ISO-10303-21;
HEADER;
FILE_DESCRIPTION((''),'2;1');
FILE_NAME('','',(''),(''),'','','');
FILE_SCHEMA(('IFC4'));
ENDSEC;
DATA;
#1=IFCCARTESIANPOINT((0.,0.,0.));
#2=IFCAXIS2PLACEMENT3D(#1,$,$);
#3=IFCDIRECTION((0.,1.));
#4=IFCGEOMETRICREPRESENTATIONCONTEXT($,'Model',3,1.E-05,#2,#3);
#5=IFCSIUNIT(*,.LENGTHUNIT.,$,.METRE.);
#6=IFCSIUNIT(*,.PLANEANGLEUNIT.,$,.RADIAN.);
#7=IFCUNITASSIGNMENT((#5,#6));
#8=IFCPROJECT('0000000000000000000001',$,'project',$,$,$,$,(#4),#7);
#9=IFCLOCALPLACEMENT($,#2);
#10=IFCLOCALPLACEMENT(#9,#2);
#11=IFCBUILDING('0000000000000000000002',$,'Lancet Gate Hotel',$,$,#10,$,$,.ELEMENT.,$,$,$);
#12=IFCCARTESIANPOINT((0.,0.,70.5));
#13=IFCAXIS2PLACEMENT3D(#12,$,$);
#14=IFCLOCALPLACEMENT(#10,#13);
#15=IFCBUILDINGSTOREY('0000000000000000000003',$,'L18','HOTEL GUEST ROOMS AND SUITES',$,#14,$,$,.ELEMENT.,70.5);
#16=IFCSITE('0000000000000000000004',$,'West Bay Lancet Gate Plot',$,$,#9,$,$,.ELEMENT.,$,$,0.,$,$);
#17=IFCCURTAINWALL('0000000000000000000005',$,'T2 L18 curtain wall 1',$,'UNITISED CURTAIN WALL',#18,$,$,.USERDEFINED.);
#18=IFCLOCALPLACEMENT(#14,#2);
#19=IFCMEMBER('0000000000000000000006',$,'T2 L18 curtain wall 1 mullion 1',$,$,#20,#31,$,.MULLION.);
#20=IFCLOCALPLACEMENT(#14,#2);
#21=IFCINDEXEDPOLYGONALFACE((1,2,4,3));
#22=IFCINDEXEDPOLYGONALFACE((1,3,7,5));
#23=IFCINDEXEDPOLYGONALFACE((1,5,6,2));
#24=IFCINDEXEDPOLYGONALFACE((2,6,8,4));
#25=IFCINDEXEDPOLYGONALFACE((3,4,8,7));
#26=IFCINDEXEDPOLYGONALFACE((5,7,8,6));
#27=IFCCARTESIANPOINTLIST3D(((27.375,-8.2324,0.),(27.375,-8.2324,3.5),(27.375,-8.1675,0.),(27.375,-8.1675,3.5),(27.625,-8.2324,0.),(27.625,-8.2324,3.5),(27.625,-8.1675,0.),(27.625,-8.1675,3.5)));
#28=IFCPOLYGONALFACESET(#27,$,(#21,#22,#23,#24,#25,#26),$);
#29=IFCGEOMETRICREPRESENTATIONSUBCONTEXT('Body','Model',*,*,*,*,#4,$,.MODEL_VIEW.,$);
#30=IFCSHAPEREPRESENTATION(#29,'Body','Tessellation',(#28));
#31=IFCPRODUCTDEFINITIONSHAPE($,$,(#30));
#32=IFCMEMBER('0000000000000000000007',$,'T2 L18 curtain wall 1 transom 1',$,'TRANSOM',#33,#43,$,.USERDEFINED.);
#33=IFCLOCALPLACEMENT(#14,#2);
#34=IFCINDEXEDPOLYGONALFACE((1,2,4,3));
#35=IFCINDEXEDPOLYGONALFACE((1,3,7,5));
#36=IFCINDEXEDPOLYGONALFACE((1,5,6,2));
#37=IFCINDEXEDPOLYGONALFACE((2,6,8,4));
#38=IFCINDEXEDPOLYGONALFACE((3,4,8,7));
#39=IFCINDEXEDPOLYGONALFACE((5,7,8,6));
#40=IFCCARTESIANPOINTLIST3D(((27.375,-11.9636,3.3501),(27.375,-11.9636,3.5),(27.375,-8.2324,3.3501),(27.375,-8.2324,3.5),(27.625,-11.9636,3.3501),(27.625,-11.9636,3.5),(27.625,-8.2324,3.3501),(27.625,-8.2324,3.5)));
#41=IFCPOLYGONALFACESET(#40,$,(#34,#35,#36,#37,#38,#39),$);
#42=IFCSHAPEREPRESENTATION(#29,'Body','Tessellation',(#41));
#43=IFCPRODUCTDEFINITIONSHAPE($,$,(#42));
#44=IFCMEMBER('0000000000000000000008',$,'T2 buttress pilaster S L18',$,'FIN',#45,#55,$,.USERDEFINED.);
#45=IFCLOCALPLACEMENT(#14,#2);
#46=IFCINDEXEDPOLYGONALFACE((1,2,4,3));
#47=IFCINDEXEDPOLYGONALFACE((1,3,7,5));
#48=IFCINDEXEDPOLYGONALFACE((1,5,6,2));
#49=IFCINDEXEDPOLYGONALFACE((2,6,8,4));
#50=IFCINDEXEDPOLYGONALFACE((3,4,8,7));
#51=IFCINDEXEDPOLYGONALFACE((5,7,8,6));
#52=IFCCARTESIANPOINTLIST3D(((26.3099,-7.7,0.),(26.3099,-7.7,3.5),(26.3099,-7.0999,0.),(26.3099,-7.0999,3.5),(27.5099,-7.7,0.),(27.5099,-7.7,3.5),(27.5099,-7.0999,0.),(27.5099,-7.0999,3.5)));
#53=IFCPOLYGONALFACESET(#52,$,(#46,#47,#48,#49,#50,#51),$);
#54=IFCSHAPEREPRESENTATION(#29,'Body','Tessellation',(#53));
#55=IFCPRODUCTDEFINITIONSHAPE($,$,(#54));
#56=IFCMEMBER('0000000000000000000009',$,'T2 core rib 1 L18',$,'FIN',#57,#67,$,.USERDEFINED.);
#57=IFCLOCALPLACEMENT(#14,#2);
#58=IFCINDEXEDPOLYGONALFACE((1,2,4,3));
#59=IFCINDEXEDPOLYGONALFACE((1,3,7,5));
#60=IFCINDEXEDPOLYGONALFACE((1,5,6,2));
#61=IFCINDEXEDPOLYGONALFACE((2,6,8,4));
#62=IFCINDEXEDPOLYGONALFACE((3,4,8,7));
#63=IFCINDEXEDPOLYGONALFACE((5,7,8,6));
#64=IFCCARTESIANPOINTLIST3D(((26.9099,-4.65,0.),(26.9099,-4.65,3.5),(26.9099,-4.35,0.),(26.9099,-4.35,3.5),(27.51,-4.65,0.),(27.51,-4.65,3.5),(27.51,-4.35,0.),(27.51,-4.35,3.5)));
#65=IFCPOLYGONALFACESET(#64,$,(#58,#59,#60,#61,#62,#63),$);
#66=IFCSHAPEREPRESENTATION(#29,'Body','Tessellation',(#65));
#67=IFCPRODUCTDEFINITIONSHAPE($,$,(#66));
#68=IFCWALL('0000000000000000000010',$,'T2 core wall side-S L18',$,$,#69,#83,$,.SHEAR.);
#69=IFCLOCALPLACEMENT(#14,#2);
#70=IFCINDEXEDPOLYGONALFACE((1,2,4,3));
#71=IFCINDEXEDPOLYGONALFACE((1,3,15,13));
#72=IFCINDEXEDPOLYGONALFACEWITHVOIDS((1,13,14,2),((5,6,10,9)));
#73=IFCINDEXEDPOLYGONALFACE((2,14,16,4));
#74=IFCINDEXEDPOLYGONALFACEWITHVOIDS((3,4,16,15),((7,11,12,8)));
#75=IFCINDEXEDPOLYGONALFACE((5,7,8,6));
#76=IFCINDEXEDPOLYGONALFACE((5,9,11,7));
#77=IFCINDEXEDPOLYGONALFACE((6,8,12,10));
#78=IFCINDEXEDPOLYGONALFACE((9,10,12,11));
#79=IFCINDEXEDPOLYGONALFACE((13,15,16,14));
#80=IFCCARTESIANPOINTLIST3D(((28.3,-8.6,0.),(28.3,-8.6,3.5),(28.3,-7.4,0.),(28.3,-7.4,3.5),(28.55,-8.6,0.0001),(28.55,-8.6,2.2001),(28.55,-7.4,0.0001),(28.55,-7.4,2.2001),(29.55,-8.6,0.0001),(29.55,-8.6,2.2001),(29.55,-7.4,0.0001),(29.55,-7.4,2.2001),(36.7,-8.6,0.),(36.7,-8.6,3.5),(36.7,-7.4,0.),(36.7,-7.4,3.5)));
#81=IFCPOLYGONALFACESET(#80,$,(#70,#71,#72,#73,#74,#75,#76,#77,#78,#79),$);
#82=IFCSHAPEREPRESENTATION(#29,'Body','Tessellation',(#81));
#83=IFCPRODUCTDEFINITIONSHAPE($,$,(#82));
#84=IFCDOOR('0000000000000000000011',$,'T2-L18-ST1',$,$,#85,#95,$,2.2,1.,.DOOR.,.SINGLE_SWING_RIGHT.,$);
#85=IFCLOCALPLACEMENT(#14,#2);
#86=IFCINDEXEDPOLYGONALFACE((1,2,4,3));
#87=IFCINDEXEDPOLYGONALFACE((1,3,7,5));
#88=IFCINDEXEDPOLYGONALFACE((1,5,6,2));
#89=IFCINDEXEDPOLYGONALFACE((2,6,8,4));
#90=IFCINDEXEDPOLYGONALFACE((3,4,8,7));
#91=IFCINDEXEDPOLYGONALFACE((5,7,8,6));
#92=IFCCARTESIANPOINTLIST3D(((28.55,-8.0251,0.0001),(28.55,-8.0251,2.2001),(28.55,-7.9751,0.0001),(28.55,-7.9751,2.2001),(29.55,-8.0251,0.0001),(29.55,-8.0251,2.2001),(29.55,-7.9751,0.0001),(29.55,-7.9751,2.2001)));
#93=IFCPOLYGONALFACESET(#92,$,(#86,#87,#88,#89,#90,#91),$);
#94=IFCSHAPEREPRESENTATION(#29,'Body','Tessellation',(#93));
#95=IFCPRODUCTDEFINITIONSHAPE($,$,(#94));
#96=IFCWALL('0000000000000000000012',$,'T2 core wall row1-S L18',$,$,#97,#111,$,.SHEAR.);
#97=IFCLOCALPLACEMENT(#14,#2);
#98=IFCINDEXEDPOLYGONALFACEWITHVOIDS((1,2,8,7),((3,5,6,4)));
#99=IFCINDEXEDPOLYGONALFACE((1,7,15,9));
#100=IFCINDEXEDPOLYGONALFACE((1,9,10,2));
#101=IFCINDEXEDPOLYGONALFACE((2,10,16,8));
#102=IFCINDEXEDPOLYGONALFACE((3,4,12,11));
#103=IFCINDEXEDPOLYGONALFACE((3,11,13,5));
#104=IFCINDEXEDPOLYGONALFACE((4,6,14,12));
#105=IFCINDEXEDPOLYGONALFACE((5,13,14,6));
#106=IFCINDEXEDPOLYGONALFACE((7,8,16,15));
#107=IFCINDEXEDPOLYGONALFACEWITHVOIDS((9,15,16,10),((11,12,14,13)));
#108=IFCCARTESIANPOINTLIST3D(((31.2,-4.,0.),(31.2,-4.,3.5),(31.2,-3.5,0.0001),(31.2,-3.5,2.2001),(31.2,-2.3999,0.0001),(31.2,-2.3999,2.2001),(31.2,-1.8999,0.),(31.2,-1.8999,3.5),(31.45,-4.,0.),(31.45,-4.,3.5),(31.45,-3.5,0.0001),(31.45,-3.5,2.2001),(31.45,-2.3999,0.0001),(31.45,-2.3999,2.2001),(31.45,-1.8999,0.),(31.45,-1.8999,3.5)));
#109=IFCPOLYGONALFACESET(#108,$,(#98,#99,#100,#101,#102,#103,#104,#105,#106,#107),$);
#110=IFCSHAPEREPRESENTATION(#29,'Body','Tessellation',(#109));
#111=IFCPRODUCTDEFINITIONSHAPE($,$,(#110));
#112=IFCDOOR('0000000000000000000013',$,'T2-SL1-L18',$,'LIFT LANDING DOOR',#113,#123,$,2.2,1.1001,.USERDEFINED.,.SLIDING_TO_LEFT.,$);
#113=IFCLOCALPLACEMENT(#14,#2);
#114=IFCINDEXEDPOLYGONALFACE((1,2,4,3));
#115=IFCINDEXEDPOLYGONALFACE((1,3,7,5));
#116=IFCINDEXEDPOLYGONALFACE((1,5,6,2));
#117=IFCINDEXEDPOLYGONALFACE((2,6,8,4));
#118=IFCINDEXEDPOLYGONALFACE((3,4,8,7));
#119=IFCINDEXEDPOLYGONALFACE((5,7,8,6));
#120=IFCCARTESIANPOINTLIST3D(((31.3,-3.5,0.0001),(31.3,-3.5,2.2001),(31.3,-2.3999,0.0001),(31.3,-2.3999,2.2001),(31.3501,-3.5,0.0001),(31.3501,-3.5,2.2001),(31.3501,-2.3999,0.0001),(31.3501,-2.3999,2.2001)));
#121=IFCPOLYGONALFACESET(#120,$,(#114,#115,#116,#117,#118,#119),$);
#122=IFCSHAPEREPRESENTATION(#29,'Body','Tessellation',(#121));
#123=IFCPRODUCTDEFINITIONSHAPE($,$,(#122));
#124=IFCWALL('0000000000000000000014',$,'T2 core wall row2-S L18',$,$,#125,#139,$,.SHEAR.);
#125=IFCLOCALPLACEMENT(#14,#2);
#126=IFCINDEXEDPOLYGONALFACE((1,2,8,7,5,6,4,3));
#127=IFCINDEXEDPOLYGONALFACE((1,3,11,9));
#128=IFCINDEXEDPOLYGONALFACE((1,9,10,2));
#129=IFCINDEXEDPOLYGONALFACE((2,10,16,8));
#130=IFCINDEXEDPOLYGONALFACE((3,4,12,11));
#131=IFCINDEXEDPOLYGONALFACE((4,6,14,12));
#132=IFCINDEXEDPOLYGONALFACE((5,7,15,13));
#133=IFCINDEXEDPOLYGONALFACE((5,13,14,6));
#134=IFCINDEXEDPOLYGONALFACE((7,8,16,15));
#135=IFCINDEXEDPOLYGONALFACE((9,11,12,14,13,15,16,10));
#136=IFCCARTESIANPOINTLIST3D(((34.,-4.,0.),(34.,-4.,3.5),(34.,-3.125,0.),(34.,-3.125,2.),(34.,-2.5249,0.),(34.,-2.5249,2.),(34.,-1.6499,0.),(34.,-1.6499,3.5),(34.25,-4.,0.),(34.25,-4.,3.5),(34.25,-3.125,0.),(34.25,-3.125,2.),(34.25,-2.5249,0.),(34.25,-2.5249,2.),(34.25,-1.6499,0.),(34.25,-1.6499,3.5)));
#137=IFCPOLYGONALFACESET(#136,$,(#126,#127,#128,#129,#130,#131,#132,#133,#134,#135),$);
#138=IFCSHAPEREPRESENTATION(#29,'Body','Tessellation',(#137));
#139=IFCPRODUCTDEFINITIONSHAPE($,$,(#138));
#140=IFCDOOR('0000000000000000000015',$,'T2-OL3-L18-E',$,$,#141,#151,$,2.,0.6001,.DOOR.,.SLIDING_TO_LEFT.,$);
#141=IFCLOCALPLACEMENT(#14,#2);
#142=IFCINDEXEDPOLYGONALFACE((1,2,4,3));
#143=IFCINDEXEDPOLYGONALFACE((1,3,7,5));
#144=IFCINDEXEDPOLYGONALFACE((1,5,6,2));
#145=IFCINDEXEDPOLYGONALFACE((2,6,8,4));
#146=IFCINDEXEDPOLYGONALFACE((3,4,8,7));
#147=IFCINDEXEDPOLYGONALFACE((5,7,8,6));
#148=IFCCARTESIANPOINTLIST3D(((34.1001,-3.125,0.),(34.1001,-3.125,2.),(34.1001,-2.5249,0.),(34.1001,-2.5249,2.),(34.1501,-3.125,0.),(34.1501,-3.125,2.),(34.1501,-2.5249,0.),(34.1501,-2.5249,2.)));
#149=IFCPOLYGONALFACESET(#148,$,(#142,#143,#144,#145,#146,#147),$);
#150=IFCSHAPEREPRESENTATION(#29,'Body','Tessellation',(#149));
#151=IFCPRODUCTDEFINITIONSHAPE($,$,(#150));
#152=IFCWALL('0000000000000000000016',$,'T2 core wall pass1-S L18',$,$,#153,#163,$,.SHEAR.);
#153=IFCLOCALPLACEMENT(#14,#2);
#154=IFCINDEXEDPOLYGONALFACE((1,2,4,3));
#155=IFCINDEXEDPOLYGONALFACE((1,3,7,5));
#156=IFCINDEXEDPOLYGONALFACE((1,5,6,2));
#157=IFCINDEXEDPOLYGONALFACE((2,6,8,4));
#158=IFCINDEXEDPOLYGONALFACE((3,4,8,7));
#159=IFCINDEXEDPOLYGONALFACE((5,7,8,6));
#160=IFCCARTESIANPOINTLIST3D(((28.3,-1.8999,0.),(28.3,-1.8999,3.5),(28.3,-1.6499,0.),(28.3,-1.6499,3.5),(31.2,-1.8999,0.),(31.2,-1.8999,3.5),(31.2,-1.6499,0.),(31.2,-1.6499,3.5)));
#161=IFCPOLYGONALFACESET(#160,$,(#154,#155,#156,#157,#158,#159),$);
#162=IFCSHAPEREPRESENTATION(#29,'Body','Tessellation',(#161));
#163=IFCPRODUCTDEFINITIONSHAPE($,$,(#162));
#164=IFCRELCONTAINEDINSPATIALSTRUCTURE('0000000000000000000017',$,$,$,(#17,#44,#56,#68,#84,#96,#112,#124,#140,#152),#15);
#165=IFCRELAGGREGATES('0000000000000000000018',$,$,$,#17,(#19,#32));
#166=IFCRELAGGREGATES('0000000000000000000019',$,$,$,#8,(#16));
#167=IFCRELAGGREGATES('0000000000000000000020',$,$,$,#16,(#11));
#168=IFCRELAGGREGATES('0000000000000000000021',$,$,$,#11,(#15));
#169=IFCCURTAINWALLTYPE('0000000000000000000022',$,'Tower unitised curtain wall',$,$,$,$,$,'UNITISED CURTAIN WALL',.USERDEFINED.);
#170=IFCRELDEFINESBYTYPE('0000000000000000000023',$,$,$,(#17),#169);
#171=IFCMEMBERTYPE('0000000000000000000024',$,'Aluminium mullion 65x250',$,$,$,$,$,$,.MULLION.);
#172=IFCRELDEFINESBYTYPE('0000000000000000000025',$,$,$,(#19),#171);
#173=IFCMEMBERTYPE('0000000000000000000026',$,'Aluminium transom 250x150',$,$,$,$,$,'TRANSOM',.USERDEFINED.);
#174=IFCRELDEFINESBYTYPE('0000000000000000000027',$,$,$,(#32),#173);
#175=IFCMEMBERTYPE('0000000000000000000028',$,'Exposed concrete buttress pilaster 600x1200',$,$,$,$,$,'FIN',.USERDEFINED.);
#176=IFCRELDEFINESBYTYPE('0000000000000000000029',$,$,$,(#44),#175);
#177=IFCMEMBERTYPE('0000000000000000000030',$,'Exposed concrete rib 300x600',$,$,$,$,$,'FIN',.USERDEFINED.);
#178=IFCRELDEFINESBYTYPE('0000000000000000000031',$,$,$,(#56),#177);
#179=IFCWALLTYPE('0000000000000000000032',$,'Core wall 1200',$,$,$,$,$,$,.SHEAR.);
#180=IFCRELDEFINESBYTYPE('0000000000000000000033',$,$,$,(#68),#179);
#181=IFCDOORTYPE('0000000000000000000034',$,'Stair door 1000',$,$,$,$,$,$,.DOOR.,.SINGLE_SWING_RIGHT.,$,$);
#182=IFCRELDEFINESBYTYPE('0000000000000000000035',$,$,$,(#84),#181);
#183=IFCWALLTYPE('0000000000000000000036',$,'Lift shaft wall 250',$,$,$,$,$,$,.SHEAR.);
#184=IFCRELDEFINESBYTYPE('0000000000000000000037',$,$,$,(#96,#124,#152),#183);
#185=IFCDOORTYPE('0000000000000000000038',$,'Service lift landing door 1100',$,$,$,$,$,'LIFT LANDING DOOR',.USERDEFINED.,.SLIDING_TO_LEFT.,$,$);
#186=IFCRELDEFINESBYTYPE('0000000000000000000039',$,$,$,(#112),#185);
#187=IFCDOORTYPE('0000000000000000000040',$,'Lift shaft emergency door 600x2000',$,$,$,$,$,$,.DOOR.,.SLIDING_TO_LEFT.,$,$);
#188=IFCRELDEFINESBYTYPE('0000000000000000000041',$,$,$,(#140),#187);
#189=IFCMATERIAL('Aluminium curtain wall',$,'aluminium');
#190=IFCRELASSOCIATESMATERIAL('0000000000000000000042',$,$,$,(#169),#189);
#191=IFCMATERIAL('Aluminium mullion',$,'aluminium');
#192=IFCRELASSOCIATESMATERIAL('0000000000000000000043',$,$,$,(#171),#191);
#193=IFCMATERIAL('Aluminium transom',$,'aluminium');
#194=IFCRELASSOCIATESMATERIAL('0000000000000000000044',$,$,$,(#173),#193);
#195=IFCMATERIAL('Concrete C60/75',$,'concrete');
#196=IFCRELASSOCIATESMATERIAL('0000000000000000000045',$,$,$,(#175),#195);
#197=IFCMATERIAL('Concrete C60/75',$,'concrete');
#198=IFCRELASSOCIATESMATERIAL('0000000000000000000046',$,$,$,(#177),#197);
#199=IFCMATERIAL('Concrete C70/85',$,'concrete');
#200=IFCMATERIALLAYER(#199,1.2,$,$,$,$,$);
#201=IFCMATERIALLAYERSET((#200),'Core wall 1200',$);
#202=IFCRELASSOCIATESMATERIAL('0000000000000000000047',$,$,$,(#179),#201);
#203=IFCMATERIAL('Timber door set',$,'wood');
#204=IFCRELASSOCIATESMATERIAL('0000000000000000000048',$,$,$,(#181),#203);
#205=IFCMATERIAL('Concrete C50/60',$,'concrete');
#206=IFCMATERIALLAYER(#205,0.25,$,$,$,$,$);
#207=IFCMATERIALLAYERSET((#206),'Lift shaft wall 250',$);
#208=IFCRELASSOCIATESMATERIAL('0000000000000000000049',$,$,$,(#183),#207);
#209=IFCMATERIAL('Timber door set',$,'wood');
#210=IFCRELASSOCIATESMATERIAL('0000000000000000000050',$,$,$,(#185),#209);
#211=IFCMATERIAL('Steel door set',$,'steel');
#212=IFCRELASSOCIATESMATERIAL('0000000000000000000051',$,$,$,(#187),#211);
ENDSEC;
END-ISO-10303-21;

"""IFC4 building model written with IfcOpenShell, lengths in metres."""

from ifc_helpers import new_model, si_unit, direction, frame, frame_2d, origin, origin_2d, place, context, subcontext, project, spatial, rectangle, extrude, material, layer, layer_set, material_profile, profile_set, type_object, element, fill, aggregate, save


model = new_model("IFC4")

# Units and contexts
model_context = context("Model", 3, precision=1e-05, world=origin(), true_north=direction((0.0, 1.0)))
body_context = subcontext(model_context, "Body", "Model", "MODEL_VIEW")
ifc_project = project(units=[si_unit("LENGTHUNIT", "METRE"), si_unit("PLANEANGLEUNIT", "RADIAN")], contexts=[model_context])

# Site, building, storey
site_placement = place(None, origin())
site = spatial("IfcSite", under=ifc_project, at=site_placement, Name="West Bay Lancet Gate Plot", CompositionType="ELEMENT", RefElevation=0.0)
building_placement = place(site_placement, origin())
building = spatial("IfcBuilding", under=site, at=building_placement, Name="Lancet Gate Hotel", CompositionType="ELEMENT")
storey_placement = place(building_placement, frame((0.0, 0.0, 70.5)))
storey = spatial("IfcBuildingStorey", under=building, at=storey_placement, Name="L18", Description="HOTEL GUEST ROOMS AND SUITES", CompositionType="ELEMENT", Elevation=70.5)

# Curtain wall, members
ifc_material_1 = material(Name="Aluminium curtain wall", Category="aluminium")
curtain_wall_type = type_object("IfcCurtainWallType", Name="Tower unitised curtain wall", ElementType="UNITISED CURTAIN WALL", PredefinedType="USERDEFINED", material=ifc_material_1)
curtain_wall_placement = place(storey_placement, origin())
curtain_wall = element("IfcCurtainWall", 1, at=curtain_wall_placement, inside=storey, type_object=curtain_wall_type, Name="T2 L18 curtain wall 1", ObjectType="UNITISED CURTAIN WALL", PredefinedType="USERDEFINED")
ifc_material_2 = material(Name="Aluminium mullion", Category="aluminium")
ifc_material_profile_1 = material_profile(ifc_material_2, rectangle(XDim=0.0649, YDim=0.25, at=origin_2d()), Name="MULLION 65x250")
ifc_profile_set_1 = profile_set([ifc_material_profile_1], Name="Aluminium mullion")
member_type_1 = type_object("IfcMemberType", Name="Aluminium mullion 65x250", PredefinedType="MULLION", material=ifc_profile_set_1)
member_1_placement = place(storey_placement, frame((27.5, -8.2, 0.0), z_axis=(0.0, 0.0, 1.0), x_axis=(0.0, -1.0, 0.0)))
member_1 = element("IfcMember", 2, at=member_1_placement, type_object=member_type_1, Name="T2 L18 curtain wall 1 mullion 1", PredefinedType="MULLION", context=body_context, shape_type="SweptSolid", body=[
    extrude(rectangle(XDim=0.0649, YDim=0.25, at=origin_2d()), origin(), (0.0, 0.0, 1.0), 3.5),
])
ifc_material_3 = material(Name="Aluminium transom", Category="aluminium")
ifc_material_profile_2 = material_profile(ifc_material_3, rectangle(XDim=0.25, YDim=0.1499, at=origin_2d()), Name="TRANSOM 250x150")
ifc_profile_set_2 = profile_set([ifc_material_profile_2], Name="Aluminium transom")
member_type_2 = type_object("IfcMemberType", Name="Aluminium transom 250x150", ElementType="TRANSOM", PredefinedType="USERDEFINED", material=ifc_profile_set_2)
member_2_placement = place(storey_placement, frame((27.5, -8.2324, 3.425), z_axis=(0.0, -1.0, 0.0), x_axis=(1.0, 0.0, 0.0)))
member_2 = element("IfcMember", 3, at=member_2_placement, type_object=member_type_2, Name="T2 L18 curtain wall 1 transom 1", ObjectType="TRANSOM", PredefinedType="USERDEFINED", context=body_context, shape_type="SweptSolid", body=[
    extrude(rectangle(XDim=0.25, YDim=0.1499, at=origin_2d()), origin(), (0.0, 0.0, 1.0), 3.7312),
])
aggregate(curtain_wall, [member_1, member_2])

# Members
ifc_material_4 = material(Name="Concrete C60/75", Category="concrete")
ifc_material_profile_3 = material_profile(ifc_material_4, rectangle(XDim=0.6001, YDim=1.2, at=origin_2d()), Name="FIN 600x1200")
ifc_profile_set_3 = profile_set([ifc_material_profile_3], Name="Concrete C60/75")
member_type_3 = type_object("IfcMemberType", Name="Exposed concrete buttress pilaster 600x1200", ElementType="FIN", PredefinedType="USERDEFINED", material=ifc_profile_set_3)
member_3_placement = place(storey_placement, frame((26.9099, -7.3999, 0.0), z_axis=(0.0, 0.0, 1.0), x_axis=(0.0, 1.0, 0.0)))
element("IfcMember", 4, at=member_3_placement, inside=storey, type_object=member_type_3, Name="T2 buttress pilaster S L18", ObjectType="FIN", PredefinedType="USERDEFINED", context=body_context, shape_type="SweptSolid", body=[
    extrude(rectangle(XDim=0.6001, YDim=1.2, at=origin_2d()), origin(), (0.0, 0.0, 1.0), 3.5),
])
ifc_material_5 = material(Name="Concrete C60/75", Category="concrete")
ifc_material_profile_4 = material_profile(ifc_material_5, rectangle(XDim=0.3, YDim=0.6001, at=origin_2d()), Name="FIN 300x600")
ifc_profile_set_4 = profile_set([ifc_material_profile_4], Name="Concrete C60/75")
member_type_4 = type_object("IfcMemberType", Name="Exposed concrete rib 300x600", ElementType="FIN", PredefinedType="USERDEFINED", material=ifc_profile_set_4)
member_4_placement = place(storey_placement, frame((27.21, -4.5, 0.0), z_axis=(0.0, 0.0, 1.0), x_axis=(0.0, 1.0, 0.0)))
element("IfcMember", 5, at=member_4_placement, inside=storey, type_object=member_type_4, Name="T2 core rib 1 L18", ObjectType="FIN", PredefinedType="USERDEFINED", context=body_context, shape_type="SweptSolid", body=[
    extrude(rectangle(XDim=0.3, YDim=0.6001, at=origin_2d()), origin(), (0.0, 0.0, 1.0), 3.5),
])

# Walls, openings, doors
ifc_material_6 = material(Name="Concrete C70/85", Category="concrete")
ifc_layer_1 = layer(ifc_material_6, 1.2)
ifc_layer_set_1 = layer_set([ifc_layer_1], Name="Core wall 1200")
wall_type_1 = type_object("IfcWallType", Name="Core wall 1200", PredefinedType="SHEAR", material=ifc_layer_set_1)
wall_1_placement = place(storey_placement, frame((28.3, -8.0, 0.0), z_axis=(0.0, 0.0, 1.0), x_axis=(1.0, 0.0, 0.0)))
wall_1 = element("IfcWall", 6, at=wall_1_placement, inside=storey, type_object=wall_type_1, Name="T2 core wall side-S L18", PredefinedType="SHEAR", context=body_context, shape_type="SweptSolid", body=[
    extrude(rectangle(XDim=8.3999, YDim=1.2, at=frame_2d((4.2, 0.0))), origin(), (0.0, 0.0, 1.0), 3.5),
])
opening_1_placement = place(wall_1_placement, frame((0.25, 0.0, 0.0)))
opening_1 = element("IfcOpeningElement", 7, at=opening_1_placement, cuts=wall_1, PredefinedType="OPENING", context=body_context, shape_type="SweptSolid", body=[
    extrude(rectangle(XDim=1.0, YDim=2.2, at=frame_2d((0.5, 1.1001))), frame((0.0, 0.6099, 0.0), z_axis=(0.0, -1.0, 0.0), x_axis=(1.0, 0.0, 0.0)), (0.0, 0.0, 1.0), 1.22),
])
ifc_material_7 = material(Name="Timber door set", Category="wood")
door_type_1 = type_object("IfcDoorType", Name="Stair door 1000", OperationType="SINGLE_SWING_RIGHT", PredefinedType="DOOR", material=ifc_material_7)
door_1_placement = place(opening_1_placement, origin())
door_1 = element("IfcDoor", 8, at=door_1_placement, inside=storey, type_object=door_type_1, Name="T2-L18-ST1", OperationType="SINGLE_SWING_RIGHT", OverallHeight=2.2, OverallWidth=1.0, PredefinedType="DOOR", context=body_context, shape_type="SweptSolid", body=[
    extrude(rectangle(XDim=1.0, YDim=2.2, at=frame_2d((0.5, 1.1001))), frame((0.0, 0.0249, 0.0), z_axis=(0.0, -1.0, 0.0), x_axis=(1.0, 0.0, 0.0)), (0.0, 0.0, 1.0), 0.05),
])
fill(opening_1, door_1)
ifc_material_8 = material(Name="Concrete C50/60", Category="concrete")
ifc_layer_2 = layer(ifc_material_8, 0.25)
ifc_layer_set_2 = layer_set([ifc_layer_2], Name="Lift shaft wall 250")
wall_type_2 = type_object("IfcWallType", Name="Lift shaft wall 250", PredefinedType="SHEAR", material=ifc_layer_set_2)
wall_2_placement = place(storey_placement, frame((31.325, -4.0, 0.0), z_axis=(0.0, 0.0, 1.0), x_axis=(0.0, 1.0, 0.0)))
wall_2 = element("IfcWall", 9, at=wall_2_placement, inside=storey, type_object=wall_type_2, Name="T2 core wall row1-S L18", PredefinedType="SHEAR", context=body_context, shape_type="SweptSolid", body=[
    extrude(rectangle(XDim=2.1001, YDim=0.25, at=frame_2d((1.05, 0.0))), origin(), (0.0, 0.0, 1.0), 3.5),
])
opening_2_placement = place(wall_2_placement, frame((0.5, 0.0, 0.0)))
opening_2 = element("IfcOpeningElement", 10, at=opening_2_placement, cuts=wall_2, PredefinedType="OPENING", context=body_context, shape_type="SweptSolid", body=[
    extrude(rectangle(XDim=1.1001, YDim=2.2, at=frame_2d((0.55, 1.1001))), frame((0.0, 0.135, 0.0), z_axis=(0.0, -1.0, 0.0), x_axis=(1.0, 0.0, 0.0)), (0.0, 0.0, 1.0), 0.27),
])
ifc_material_9 = material(Name="Timber door set", Category="wood")
door_type_2 = type_object("IfcDoorType", Name="Service lift landing door 1100", ElementType="LIFT LANDING DOOR", OperationType="SLIDING_TO_LEFT", PredefinedType="USERDEFINED", material=ifc_material_9)
door_2_placement = place(opening_2_placement, origin())
door_2 = element("IfcDoor", 11, at=door_2_placement, inside=storey, type_object=door_type_2, Name="T2-SL1-L18", ObjectType="LIFT LANDING DOOR", OperationType="SLIDING_TO_LEFT", OverallHeight=2.2, OverallWidth=1.1001, PredefinedType="USERDEFINED", context=body_context, shape_type="SweptSolid", body=[
    extrude(rectangle(XDim=1.1001, YDim=2.2, at=frame_2d((0.55, 1.1001))), frame((0.0, 0.0249, 0.0), z_axis=(0.0, -1.0, 0.0), x_axis=(1.0, 0.0, 0.0)), (0.0, 0.0, 1.0), 0.05),
])
fill(opening_2, door_2)
wall_3_placement = place(storey_placement, frame((34.125, -4.0, 0.0), z_axis=(0.0, 0.0, 1.0), x_axis=(0.0, 1.0, 0.0)))
wall_3 = element("IfcWall", 12, at=wall_3_placement, inside=storey, type_object=wall_type_2, Name="T2 core wall row2-S L18", PredefinedType="SHEAR", context=body_context, shape_type="SweptSolid", body=[
    extrude(rectangle(XDim=2.3501, YDim=0.25, at=frame_2d((1.175, 0.0))), origin(), (0.0, 0.0, 1.0), 3.5),
])
opening_3_placement = place(wall_3_placement, frame((0.875, 0.0, 0.0)))
opening_3 = element("IfcOpeningElement", 13, at=opening_3_placement, cuts=wall_3, PredefinedType="OPENING", context=body_context, shape_type="SweptSolid", body=[
    extrude(rectangle(XDim=0.6001, YDim=2.0, at=frame_2d((0.3, 1.0))), frame((0.0, 0.135, 0.0), z_axis=(0.0, -1.0, 0.0), x_axis=(1.0, 0.0, 0.0)), (0.0, 0.0, 1.0), 0.27),
])
ifc_material_10 = material(Name="Steel door set", Category="steel")
door_type_3 = type_object("IfcDoorType", Name="Lift shaft emergency door 600x2000", OperationType="SLIDING_TO_LEFT", PredefinedType="DOOR", material=ifc_material_10)
door_3_placement = place(opening_3_placement, origin())
door_3 = element("IfcDoor", 14, at=door_3_placement, inside=storey, type_object=door_type_3, Name="T2-OL3-L18-E", OperationType="SLIDING_TO_LEFT", OverallHeight=2.0, OverallWidth=0.6001, PredefinedType="DOOR", context=body_context, shape_type="SweptSolid", body=[
    extrude(rectangle(XDim=0.6001, YDim=2.0, at=frame_2d((0.3, 1.0))), frame((0.0, 0.0249, 0.0), z_axis=(0.0, -1.0, 0.0), x_axis=(1.0, 0.0, 0.0)), (0.0, 0.0, 1.0), 0.05),
])
fill(opening_3, door_3)

# Wall
wall_4_placement = place(storey_placement, frame((28.3, -1.7749, 0.0), z_axis=(0.0, 0.0, 1.0), x_axis=(1.0, 0.0, 0.0)))
element("IfcWall", 15, at=wall_4_placement, inside=storey, type_object=wall_type_2, Name="T2 core wall pass1-S L18", PredefinedType="SHEAR", context=body_context, shape_type="SweptSolid", body=[
    extrude(rectangle(XDim=2.8999, YDim=0.25, at=frame_2d((1.45, 0.0))), origin(), (0.0, 0.0, 1.0), 3.5),
])

save(model, "model.ifc")
